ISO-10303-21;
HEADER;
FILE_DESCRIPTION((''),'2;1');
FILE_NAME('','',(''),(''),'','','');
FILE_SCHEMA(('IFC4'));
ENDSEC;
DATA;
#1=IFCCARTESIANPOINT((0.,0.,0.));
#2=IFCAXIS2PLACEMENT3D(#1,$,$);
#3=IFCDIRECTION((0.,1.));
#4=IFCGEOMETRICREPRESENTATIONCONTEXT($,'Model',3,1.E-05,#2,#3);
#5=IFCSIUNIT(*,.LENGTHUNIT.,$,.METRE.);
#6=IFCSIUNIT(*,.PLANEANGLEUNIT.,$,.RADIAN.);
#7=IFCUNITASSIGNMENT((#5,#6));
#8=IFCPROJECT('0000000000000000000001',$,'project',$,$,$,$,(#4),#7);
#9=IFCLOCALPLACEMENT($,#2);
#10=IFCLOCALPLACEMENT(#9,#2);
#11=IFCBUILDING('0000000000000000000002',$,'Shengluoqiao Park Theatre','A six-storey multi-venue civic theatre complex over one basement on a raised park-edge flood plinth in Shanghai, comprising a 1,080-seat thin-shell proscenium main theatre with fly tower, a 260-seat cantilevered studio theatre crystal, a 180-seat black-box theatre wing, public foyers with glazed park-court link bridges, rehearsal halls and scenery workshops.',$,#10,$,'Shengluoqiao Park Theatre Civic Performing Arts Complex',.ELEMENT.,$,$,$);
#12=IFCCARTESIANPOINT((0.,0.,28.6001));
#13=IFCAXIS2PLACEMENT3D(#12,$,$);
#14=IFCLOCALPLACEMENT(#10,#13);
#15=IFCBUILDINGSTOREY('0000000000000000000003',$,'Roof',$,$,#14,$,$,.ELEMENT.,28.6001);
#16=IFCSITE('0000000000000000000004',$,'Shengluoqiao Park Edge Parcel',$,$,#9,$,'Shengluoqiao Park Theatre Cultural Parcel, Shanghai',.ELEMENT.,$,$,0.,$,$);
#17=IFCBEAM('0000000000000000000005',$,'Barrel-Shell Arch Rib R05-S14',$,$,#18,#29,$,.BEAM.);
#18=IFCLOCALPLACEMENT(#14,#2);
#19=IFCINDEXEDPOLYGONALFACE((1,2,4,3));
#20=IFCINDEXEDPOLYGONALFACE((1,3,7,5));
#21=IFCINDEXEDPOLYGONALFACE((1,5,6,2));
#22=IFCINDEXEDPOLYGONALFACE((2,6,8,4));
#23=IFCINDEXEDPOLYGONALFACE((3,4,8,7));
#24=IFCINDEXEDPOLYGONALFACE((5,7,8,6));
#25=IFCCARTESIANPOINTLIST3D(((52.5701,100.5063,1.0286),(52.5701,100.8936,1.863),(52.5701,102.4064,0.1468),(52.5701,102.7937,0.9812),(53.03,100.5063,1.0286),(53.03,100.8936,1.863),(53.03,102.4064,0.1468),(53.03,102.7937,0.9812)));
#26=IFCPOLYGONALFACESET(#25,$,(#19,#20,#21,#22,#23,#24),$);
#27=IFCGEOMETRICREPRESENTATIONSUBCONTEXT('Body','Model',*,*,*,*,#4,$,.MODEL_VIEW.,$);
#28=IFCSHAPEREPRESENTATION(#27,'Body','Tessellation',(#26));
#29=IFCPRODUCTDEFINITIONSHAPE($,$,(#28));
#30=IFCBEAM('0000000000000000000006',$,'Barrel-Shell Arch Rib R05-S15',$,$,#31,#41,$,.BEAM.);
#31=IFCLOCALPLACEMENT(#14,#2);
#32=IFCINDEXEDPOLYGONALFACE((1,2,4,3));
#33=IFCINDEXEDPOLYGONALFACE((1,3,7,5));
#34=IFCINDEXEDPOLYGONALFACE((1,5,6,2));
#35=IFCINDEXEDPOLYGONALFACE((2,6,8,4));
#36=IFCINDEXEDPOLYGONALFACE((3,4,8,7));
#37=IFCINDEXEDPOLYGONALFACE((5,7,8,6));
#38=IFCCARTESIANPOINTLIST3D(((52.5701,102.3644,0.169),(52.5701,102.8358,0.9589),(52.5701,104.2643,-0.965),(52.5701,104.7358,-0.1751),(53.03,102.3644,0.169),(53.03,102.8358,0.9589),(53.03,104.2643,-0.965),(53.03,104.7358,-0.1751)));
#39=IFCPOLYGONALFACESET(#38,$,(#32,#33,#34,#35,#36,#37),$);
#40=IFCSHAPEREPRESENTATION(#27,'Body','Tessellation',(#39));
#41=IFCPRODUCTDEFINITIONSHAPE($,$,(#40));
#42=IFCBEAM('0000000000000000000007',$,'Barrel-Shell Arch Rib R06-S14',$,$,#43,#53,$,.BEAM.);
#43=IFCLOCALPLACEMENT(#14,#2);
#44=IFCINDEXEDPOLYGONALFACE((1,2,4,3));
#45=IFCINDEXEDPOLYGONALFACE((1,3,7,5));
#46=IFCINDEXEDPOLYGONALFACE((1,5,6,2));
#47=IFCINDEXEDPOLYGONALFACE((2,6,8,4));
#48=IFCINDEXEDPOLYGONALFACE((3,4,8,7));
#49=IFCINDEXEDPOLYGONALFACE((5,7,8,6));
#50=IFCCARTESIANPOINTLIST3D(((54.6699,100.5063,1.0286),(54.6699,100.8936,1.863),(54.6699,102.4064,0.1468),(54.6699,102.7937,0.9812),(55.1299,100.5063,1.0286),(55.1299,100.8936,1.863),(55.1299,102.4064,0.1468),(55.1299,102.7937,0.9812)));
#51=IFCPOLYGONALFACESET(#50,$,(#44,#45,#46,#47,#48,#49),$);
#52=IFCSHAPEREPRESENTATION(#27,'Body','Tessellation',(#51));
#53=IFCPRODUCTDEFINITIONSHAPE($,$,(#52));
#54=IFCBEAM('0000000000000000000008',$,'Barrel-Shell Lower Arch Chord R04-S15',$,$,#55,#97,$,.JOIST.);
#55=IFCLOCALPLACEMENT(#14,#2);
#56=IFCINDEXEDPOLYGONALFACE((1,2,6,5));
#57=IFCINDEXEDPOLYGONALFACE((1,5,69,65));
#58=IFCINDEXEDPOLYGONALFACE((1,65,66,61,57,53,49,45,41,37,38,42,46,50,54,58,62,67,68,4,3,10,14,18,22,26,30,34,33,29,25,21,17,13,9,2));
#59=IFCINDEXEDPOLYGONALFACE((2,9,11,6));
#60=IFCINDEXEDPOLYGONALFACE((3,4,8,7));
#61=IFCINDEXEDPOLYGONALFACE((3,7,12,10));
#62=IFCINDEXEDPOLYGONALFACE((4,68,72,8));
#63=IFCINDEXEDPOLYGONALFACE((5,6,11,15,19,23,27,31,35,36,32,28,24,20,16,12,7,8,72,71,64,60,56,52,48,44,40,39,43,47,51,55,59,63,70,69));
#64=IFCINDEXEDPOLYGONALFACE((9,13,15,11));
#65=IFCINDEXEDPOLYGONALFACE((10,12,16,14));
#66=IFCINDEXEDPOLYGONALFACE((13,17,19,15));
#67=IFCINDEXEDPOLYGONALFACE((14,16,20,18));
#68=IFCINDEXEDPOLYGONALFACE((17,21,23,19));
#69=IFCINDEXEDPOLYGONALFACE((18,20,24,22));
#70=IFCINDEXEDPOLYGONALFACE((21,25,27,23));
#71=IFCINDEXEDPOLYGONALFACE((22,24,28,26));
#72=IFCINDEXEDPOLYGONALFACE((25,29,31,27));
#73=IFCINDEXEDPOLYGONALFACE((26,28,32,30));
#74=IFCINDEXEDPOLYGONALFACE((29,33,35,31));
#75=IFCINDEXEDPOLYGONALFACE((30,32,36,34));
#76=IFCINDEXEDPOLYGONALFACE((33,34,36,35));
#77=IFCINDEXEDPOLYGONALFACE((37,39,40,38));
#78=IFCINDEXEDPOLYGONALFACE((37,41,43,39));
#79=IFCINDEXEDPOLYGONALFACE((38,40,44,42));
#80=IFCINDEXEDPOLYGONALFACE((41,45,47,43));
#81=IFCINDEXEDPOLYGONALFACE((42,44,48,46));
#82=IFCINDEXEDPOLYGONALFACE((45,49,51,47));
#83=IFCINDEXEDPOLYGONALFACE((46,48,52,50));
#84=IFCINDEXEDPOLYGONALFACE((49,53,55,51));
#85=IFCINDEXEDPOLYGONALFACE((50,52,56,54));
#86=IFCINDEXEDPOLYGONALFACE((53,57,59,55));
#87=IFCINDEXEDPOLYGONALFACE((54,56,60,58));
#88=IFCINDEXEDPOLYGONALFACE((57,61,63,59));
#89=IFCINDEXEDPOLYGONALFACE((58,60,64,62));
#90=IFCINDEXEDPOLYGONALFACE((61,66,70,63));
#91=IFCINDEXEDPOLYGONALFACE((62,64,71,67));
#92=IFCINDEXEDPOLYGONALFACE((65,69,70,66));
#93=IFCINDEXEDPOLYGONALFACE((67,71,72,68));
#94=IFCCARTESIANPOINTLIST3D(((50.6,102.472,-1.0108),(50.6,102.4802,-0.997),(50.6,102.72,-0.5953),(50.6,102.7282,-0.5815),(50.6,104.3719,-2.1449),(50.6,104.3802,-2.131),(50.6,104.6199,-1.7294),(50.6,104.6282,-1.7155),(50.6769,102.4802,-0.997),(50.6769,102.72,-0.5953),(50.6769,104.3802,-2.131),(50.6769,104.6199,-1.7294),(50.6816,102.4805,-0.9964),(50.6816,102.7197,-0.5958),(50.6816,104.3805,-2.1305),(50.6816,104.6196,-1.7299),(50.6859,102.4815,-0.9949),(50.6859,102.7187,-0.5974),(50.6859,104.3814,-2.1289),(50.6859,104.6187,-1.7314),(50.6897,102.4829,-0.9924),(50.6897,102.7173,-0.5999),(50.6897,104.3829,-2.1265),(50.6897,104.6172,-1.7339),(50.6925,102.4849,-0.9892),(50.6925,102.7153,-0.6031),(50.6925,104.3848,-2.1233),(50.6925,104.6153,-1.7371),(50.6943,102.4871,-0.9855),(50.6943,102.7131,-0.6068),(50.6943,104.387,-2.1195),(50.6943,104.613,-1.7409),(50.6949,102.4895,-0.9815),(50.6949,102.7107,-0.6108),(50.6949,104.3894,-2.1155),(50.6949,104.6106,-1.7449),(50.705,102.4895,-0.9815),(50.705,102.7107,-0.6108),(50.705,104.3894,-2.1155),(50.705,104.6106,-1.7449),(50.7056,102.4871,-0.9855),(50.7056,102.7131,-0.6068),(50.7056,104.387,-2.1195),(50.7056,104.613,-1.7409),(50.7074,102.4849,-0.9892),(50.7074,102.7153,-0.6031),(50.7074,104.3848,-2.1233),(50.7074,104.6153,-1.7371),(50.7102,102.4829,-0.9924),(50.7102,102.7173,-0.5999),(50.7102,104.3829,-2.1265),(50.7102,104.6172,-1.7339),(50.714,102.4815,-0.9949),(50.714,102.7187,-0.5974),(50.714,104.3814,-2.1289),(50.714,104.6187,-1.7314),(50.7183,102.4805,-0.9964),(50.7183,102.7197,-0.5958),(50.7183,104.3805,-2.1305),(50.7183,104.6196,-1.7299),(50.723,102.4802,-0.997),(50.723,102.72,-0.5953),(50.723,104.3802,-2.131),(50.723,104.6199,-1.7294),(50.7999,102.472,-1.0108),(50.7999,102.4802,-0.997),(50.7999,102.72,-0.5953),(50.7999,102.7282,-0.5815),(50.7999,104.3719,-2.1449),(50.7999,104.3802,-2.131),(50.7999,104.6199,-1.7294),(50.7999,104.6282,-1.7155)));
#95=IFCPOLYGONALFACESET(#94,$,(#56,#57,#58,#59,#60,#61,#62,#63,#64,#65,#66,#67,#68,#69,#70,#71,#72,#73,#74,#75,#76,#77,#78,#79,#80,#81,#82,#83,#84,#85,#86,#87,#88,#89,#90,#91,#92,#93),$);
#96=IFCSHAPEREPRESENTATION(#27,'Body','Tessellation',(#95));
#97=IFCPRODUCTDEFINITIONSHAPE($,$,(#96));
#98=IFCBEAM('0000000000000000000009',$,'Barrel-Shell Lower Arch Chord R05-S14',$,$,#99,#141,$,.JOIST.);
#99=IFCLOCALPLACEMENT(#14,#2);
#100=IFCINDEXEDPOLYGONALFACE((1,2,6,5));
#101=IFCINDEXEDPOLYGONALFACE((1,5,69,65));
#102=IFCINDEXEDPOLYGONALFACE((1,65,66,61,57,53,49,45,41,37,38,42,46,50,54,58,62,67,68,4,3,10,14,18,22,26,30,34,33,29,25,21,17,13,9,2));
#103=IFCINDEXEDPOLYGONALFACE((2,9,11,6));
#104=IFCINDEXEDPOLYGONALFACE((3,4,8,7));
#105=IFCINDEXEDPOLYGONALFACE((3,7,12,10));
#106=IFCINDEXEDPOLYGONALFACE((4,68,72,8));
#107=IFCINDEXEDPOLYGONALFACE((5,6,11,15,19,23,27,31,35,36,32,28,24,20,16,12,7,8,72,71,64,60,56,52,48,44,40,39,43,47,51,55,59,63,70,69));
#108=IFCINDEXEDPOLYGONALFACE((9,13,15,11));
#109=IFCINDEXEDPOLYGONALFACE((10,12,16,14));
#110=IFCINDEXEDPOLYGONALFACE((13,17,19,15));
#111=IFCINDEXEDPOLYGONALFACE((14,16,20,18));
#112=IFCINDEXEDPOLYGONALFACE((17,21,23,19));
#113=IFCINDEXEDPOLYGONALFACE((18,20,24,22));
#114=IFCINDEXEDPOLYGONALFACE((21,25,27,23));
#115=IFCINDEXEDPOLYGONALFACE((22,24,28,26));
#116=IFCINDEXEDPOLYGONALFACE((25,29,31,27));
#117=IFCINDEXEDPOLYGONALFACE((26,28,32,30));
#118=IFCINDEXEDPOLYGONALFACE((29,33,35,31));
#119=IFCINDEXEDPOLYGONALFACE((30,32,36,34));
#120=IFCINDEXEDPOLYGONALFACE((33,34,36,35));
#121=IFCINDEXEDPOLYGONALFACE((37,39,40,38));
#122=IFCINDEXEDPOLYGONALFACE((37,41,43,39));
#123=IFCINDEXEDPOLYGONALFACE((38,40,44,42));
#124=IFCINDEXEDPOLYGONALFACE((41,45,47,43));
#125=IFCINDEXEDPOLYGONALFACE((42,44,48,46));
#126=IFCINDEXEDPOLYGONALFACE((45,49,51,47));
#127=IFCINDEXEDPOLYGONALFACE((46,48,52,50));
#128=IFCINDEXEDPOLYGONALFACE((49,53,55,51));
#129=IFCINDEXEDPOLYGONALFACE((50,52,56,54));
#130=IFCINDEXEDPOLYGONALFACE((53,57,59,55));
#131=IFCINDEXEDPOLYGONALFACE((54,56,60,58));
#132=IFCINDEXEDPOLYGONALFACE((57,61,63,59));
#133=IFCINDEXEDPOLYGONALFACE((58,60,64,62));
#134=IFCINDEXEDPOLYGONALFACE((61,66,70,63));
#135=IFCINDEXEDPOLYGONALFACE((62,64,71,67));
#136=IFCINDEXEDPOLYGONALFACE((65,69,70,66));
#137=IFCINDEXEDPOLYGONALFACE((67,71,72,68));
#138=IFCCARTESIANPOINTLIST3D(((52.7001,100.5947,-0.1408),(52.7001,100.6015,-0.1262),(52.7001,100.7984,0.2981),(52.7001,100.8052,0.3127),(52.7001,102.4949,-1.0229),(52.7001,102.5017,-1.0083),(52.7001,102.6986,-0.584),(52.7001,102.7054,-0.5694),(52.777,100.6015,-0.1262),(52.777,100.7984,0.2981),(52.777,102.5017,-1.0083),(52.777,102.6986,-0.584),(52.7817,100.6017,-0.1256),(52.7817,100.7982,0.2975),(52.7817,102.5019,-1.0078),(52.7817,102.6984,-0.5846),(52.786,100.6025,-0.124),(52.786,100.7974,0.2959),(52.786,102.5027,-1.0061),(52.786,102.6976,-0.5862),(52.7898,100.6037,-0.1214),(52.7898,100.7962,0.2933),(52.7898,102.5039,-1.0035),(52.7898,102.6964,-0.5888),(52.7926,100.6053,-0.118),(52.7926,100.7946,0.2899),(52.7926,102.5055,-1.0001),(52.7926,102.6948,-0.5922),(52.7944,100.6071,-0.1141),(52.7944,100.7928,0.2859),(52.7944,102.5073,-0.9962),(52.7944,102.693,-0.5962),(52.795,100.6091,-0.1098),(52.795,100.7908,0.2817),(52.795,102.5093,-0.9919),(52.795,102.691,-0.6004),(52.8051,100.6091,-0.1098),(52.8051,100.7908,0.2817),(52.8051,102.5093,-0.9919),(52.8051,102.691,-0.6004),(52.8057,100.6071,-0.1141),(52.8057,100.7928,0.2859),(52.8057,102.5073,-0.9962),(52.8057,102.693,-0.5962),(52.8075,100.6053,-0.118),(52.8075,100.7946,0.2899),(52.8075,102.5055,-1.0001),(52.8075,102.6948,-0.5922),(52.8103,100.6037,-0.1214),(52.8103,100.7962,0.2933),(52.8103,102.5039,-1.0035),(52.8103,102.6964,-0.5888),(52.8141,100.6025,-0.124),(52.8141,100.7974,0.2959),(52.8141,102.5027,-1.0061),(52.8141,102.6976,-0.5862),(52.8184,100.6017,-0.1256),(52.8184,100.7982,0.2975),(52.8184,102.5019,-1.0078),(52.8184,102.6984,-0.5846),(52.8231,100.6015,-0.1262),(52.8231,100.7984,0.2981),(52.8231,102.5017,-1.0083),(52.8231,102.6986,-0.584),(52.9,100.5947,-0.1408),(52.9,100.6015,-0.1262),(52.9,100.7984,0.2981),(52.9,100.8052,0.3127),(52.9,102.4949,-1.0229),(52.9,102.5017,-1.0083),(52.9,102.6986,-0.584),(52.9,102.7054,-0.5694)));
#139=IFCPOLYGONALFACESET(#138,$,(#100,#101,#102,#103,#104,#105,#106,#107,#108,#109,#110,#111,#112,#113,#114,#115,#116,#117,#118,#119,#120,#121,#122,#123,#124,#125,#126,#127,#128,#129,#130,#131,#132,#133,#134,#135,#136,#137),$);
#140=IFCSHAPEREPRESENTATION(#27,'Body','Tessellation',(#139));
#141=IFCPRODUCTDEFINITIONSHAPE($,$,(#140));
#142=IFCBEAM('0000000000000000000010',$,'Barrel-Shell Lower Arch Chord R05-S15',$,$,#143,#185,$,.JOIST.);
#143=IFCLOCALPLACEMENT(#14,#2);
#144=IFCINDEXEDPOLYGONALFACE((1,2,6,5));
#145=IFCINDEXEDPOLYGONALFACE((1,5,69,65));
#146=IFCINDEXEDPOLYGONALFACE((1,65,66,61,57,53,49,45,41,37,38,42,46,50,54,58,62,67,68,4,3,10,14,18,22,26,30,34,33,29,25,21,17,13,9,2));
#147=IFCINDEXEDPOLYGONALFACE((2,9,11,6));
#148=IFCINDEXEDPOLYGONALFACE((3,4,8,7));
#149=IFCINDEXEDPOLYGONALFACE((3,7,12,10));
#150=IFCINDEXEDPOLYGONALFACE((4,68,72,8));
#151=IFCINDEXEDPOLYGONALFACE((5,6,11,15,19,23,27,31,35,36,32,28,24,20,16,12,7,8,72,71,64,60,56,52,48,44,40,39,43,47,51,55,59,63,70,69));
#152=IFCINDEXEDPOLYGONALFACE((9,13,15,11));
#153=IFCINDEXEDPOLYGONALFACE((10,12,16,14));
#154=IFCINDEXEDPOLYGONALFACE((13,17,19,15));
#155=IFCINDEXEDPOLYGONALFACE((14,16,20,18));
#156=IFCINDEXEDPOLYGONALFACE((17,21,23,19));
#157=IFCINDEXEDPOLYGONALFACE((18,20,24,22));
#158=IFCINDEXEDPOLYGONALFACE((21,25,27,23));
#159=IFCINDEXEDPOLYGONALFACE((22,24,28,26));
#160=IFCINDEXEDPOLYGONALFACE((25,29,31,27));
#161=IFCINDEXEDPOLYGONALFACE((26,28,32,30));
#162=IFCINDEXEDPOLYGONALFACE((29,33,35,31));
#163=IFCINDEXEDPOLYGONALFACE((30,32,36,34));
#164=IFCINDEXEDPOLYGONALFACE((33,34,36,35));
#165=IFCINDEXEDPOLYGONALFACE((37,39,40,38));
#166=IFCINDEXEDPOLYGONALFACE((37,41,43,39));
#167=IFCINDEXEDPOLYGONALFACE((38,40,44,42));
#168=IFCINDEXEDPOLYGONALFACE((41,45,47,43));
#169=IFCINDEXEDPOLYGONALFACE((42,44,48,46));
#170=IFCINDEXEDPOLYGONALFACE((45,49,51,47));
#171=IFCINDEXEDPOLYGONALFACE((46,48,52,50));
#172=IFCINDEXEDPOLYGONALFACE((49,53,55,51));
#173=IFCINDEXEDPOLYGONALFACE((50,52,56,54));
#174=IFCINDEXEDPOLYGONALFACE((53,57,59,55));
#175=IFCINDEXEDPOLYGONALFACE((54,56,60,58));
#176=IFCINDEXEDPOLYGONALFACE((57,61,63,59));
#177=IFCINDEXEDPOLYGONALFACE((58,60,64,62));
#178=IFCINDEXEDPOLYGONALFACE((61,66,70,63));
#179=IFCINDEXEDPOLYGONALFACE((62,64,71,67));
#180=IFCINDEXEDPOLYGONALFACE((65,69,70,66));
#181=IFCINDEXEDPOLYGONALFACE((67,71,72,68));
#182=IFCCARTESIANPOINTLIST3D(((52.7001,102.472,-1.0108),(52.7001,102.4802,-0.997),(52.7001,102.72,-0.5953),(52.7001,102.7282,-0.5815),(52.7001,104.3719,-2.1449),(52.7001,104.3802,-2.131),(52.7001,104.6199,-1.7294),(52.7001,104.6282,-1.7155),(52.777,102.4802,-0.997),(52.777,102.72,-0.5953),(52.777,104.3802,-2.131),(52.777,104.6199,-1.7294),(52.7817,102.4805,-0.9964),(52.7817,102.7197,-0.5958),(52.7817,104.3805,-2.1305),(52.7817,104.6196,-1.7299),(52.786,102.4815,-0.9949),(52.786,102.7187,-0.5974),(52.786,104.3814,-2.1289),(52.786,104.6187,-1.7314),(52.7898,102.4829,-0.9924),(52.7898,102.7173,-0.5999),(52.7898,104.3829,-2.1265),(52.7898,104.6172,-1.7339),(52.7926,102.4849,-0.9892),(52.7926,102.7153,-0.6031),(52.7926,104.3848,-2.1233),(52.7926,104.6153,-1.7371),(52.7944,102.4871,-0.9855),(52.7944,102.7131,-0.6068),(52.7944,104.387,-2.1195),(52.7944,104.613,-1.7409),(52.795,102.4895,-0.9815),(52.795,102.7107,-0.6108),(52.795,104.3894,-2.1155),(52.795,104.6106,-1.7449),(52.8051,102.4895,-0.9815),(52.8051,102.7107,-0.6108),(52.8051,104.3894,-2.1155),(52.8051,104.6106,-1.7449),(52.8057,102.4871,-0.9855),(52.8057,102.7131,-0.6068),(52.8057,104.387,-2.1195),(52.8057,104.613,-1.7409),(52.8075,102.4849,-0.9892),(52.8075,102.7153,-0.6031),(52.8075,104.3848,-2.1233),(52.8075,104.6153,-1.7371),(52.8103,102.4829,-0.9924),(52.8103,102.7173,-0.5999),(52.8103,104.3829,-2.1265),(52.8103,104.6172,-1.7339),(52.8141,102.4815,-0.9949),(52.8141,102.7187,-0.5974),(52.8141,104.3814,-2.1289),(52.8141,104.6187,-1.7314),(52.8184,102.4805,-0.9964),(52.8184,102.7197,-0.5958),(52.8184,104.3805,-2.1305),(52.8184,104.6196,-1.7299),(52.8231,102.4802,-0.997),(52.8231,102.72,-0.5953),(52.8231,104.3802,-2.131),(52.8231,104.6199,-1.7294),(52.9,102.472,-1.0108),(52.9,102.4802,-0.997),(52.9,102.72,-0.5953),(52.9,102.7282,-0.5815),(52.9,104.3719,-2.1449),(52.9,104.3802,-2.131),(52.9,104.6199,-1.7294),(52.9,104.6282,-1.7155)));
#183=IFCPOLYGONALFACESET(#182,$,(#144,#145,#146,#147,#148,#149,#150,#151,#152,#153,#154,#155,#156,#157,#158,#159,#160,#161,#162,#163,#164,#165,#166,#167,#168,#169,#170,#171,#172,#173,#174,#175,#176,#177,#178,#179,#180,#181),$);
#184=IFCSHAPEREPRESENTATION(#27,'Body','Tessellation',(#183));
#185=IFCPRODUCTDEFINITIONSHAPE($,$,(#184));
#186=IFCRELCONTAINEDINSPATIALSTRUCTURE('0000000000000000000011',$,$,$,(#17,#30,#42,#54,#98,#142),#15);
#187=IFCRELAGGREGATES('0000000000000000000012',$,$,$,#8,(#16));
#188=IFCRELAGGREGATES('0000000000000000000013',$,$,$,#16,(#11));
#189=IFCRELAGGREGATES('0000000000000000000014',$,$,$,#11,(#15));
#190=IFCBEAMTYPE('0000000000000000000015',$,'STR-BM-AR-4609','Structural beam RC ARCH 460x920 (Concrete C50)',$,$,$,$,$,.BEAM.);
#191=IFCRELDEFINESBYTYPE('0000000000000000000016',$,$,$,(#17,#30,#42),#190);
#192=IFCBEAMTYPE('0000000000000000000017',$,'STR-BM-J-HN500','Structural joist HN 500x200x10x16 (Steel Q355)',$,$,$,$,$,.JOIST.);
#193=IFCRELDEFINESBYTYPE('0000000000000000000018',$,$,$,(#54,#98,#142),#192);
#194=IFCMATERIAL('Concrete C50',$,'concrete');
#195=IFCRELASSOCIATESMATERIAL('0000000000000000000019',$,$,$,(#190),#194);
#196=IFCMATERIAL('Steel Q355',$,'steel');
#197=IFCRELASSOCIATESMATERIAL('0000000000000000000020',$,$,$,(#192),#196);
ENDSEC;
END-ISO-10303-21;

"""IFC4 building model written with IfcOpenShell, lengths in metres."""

from ifc_helpers import new_model, si_unit, direction, frame, origin, origin_2d, place, context, subcontext, project, spatial, rectangle, i_section, extrude, material, material_profile, profile_set, type_object, element, save


model = new_model("IFC4")

# Units and contexts
model_context = context("Model", 3, precision=1e-05, world=origin(), true_north=direction((0.0, 1.0)))
body_context = subcontext(model_context, "Body", "Model", "MODEL_VIEW")
ifc_project = project(units=[si_unit("LENGTHUNIT", "METRE"), si_unit("PLANEANGLEUNIT", "RADIAN")], contexts=[model_context])

# Site, building, storey
site_placement = place(None, origin())
site = spatial("IfcSite", under=ifc_project, at=site_placement, Name="Shengluoqiao Park Edge Parcel", LongName="Shengluoqiao Park Theatre Cultural Parcel, Shanghai", CompositionType="ELEMENT", RefElevation=0.0)
building_placement = place(site_placement, origin())
building = spatial("IfcBuilding", under=site, at=building_placement, Name="Shengluoqiao Park Theatre", Description="A six-storey multi-venue civic theatre complex over one basement on a raised park-edge flood plinth in Shanghai, comprising a 1,080-seat thin-shell proscenium main theatre with fly tower, a 260-seat cantilevered studio theatre crystal, a 180-seat black-box theatre wing, public foyers with glazed park-court link bridges, rehearsal halls and scenery workshops.", LongName="Shengluoqiao Park Theatre Civic Performing Arts Complex", CompositionType="ELEMENT")
storey_placement = place(building_placement, frame((0.0, 0.0, 28.6001)))
storey = spatial("IfcBuildingStorey", under=building, at=storey_placement, Name="Roof", CompositionType="ELEMENT", Elevation=28.6001)

# Beams
ifc_material_1 = material(Name="Concrete C50", Category="concrete")
ifc_material_profile_1 = material_profile(ifc_material_1, rectangle(XDim=0.46, YDim=0.9199, at=origin_2d()), Name="RC ARCH 460x920")
ifc_profile_set_1 = profile_set([ifc_material_profile_1], Name="Concrete C50")
beam_type_1 = type_object("IfcBeamType", Name="STR-BM-AR-4609", Description="Structural beam RC ARCH 460x920 (Concrete C50)", PredefinedType="BEAM", material=ifc_profile_set_1)
beam_1_placement = place(storey_placement, frame((52.8, 100.7, 1.4458), z_axis=(0.0, 0.907077, -0.420964), x_axis=(-1.0, 0.0, 0.0)))
element("IfcBeam", 1, at=beam_1_placement, inside=storey, type_object=beam_type_1, Name="Barrel-Shell Arch Rib R05-S14", PredefinedType="BEAM", context=body_context, shape_type="SweptSolid", body=[
    extrude(rectangle(XDim=0.46, YDim=0.9199, at=origin_2d()), origin(), (0.0, 0.0, 1.0), 2.0947),
])
beam_2_placement = place(storey_placement, frame((52.8, 102.6001, 0.564), z_axis=(0.0, 0.858669, -0.512531), x_axis=(-1.0, 0.0, 0.0)))
element("IfcBeam", 2, at=beam_2_placement, inside=storey, type_object=beam_type_1, Name="Barrel-Shell Arch Rib R05-S15", PredefinedType="BEAM", context=body_context, shape_type="SweptSolid", body=[
    extrude(rectangle(XDim=0.46, YDim=0.9199, at=origin_2d()), origin(), (0.0, 0.0, 1.0), 2.2126),
])
beam_3_placement = place(storey_placement, frame((54.8999, 100.7, 1.4458), z_axis=(0.0, 0.907077, -0.420964), x_axis=(-1.0, 0.0, 0.0)))
element("IfcBeam", 3, at=beam_3_placement, inside=storey, type_object=beam_type_1, Name="Barrel-Shell Arch Rib R06-S14", PredefinedType="BEAM", context=body_context, shape_type="SweptSolid", body=[
    extrude(rectangle(XDim=0.46, YDim=0.9199, at=origin_2d()), origin(), (0.0, 0.0, 1.0), 2.0947),
])
ifc_material_2 = material(Name="Steel Q355", Category="steel")
ifc_material_profile_2 = material_profile(ifc_material_2, i_section(OverallWidth=0.2, OverallDepth=0.5, WebThickness=0.01, FlangeThickness=0.0161, FilletRadius=0.0181, at=origin_2d()), Name="HN 500x200x10x16")
ifc_profile_set_2 = profile_set([ifc_material_profile_2], Name="Steel Q355")
beam_type_2 = type_object("IfcBeamType", Name="STR-BM-J-HN500", Description="Structural joist HN 500x200x10x16 (Steel Q355)", PredefinedType="JOIST", material=ifc_profile_set_2)
beam_4_placement = place(storey_placement, frame((50.7, 102.6001, -0.7961), z_axis=(0.0, 0.858669, -0.512531), x_axis=(-1.0, 0.0, 0.0)))
element("IfcBeam", 4, at=beam_4_placement, inside=storey, type_object=beam_type_2, Name="Barrel-Shell Lower Arch Chord R04-S15", PredefinedType="JOIST", context=body_context, shape_type="SweptSolid", body=[
    extrude(i_section(OverallWidth=0.2, OverallDepth=0.5, WebThickness=0.01, FlangeThickness=0.0161, FilletRadius=0.0181, at=origin_2d()), origin(), (0.0, 0.0, 1.0), 2.2126),
])
beam_5_placement = place(storey_placement, frame((52.8, 100.7, 0.0859), z_axis=(0.0, 0.907033, -0.42106), x_axis=(-1.0, 0.0, 0.0)))
element("IfcBeam", 5, at=beam_5_placement, inside=storey, type_object=beam_type_2, Name="Barrel-Shell Lower Arch Chord R05-S14", PredefinedType="JOIST", context=body_context, shape_type="SweptSolid", body=[
    extrude(i_section(OverallWidth=0.2, OverallDepth=0.5, WebThickness=0.01, FlangeThickness=0.0161, FilletRadius=0.0181, at=origin_2d()), origin(), (0.0, 0.0, 1.0), 2.095),
])
beam_6_placement = place(storey_placement, frame((52.8, 102.6001, -0.7961), z_axis=(0.0, 0.858669, -0.512531), x_axis=(-1.0, 0.0, 0.0)))
element("IfcBeam", 6, at=beam_6_placement, inside=storey, type_object=beam_type_2, Name="Barrel-Shell Lower Arch Chord R05-S15", PredefinedType="JOIST", context=body_context, shape_type="SweptSolid", body=[
    extrude(i_section(OverallWidth=0.2, OverallDepth=0.5, WebThickness=0.01, FlangeThickness=0.0161, FilletRadius=0.0181, at=origin_2d()), origin(), (0.0, 0.0, 1.0), 2.2126),
])

save(model, "model.ifc")
